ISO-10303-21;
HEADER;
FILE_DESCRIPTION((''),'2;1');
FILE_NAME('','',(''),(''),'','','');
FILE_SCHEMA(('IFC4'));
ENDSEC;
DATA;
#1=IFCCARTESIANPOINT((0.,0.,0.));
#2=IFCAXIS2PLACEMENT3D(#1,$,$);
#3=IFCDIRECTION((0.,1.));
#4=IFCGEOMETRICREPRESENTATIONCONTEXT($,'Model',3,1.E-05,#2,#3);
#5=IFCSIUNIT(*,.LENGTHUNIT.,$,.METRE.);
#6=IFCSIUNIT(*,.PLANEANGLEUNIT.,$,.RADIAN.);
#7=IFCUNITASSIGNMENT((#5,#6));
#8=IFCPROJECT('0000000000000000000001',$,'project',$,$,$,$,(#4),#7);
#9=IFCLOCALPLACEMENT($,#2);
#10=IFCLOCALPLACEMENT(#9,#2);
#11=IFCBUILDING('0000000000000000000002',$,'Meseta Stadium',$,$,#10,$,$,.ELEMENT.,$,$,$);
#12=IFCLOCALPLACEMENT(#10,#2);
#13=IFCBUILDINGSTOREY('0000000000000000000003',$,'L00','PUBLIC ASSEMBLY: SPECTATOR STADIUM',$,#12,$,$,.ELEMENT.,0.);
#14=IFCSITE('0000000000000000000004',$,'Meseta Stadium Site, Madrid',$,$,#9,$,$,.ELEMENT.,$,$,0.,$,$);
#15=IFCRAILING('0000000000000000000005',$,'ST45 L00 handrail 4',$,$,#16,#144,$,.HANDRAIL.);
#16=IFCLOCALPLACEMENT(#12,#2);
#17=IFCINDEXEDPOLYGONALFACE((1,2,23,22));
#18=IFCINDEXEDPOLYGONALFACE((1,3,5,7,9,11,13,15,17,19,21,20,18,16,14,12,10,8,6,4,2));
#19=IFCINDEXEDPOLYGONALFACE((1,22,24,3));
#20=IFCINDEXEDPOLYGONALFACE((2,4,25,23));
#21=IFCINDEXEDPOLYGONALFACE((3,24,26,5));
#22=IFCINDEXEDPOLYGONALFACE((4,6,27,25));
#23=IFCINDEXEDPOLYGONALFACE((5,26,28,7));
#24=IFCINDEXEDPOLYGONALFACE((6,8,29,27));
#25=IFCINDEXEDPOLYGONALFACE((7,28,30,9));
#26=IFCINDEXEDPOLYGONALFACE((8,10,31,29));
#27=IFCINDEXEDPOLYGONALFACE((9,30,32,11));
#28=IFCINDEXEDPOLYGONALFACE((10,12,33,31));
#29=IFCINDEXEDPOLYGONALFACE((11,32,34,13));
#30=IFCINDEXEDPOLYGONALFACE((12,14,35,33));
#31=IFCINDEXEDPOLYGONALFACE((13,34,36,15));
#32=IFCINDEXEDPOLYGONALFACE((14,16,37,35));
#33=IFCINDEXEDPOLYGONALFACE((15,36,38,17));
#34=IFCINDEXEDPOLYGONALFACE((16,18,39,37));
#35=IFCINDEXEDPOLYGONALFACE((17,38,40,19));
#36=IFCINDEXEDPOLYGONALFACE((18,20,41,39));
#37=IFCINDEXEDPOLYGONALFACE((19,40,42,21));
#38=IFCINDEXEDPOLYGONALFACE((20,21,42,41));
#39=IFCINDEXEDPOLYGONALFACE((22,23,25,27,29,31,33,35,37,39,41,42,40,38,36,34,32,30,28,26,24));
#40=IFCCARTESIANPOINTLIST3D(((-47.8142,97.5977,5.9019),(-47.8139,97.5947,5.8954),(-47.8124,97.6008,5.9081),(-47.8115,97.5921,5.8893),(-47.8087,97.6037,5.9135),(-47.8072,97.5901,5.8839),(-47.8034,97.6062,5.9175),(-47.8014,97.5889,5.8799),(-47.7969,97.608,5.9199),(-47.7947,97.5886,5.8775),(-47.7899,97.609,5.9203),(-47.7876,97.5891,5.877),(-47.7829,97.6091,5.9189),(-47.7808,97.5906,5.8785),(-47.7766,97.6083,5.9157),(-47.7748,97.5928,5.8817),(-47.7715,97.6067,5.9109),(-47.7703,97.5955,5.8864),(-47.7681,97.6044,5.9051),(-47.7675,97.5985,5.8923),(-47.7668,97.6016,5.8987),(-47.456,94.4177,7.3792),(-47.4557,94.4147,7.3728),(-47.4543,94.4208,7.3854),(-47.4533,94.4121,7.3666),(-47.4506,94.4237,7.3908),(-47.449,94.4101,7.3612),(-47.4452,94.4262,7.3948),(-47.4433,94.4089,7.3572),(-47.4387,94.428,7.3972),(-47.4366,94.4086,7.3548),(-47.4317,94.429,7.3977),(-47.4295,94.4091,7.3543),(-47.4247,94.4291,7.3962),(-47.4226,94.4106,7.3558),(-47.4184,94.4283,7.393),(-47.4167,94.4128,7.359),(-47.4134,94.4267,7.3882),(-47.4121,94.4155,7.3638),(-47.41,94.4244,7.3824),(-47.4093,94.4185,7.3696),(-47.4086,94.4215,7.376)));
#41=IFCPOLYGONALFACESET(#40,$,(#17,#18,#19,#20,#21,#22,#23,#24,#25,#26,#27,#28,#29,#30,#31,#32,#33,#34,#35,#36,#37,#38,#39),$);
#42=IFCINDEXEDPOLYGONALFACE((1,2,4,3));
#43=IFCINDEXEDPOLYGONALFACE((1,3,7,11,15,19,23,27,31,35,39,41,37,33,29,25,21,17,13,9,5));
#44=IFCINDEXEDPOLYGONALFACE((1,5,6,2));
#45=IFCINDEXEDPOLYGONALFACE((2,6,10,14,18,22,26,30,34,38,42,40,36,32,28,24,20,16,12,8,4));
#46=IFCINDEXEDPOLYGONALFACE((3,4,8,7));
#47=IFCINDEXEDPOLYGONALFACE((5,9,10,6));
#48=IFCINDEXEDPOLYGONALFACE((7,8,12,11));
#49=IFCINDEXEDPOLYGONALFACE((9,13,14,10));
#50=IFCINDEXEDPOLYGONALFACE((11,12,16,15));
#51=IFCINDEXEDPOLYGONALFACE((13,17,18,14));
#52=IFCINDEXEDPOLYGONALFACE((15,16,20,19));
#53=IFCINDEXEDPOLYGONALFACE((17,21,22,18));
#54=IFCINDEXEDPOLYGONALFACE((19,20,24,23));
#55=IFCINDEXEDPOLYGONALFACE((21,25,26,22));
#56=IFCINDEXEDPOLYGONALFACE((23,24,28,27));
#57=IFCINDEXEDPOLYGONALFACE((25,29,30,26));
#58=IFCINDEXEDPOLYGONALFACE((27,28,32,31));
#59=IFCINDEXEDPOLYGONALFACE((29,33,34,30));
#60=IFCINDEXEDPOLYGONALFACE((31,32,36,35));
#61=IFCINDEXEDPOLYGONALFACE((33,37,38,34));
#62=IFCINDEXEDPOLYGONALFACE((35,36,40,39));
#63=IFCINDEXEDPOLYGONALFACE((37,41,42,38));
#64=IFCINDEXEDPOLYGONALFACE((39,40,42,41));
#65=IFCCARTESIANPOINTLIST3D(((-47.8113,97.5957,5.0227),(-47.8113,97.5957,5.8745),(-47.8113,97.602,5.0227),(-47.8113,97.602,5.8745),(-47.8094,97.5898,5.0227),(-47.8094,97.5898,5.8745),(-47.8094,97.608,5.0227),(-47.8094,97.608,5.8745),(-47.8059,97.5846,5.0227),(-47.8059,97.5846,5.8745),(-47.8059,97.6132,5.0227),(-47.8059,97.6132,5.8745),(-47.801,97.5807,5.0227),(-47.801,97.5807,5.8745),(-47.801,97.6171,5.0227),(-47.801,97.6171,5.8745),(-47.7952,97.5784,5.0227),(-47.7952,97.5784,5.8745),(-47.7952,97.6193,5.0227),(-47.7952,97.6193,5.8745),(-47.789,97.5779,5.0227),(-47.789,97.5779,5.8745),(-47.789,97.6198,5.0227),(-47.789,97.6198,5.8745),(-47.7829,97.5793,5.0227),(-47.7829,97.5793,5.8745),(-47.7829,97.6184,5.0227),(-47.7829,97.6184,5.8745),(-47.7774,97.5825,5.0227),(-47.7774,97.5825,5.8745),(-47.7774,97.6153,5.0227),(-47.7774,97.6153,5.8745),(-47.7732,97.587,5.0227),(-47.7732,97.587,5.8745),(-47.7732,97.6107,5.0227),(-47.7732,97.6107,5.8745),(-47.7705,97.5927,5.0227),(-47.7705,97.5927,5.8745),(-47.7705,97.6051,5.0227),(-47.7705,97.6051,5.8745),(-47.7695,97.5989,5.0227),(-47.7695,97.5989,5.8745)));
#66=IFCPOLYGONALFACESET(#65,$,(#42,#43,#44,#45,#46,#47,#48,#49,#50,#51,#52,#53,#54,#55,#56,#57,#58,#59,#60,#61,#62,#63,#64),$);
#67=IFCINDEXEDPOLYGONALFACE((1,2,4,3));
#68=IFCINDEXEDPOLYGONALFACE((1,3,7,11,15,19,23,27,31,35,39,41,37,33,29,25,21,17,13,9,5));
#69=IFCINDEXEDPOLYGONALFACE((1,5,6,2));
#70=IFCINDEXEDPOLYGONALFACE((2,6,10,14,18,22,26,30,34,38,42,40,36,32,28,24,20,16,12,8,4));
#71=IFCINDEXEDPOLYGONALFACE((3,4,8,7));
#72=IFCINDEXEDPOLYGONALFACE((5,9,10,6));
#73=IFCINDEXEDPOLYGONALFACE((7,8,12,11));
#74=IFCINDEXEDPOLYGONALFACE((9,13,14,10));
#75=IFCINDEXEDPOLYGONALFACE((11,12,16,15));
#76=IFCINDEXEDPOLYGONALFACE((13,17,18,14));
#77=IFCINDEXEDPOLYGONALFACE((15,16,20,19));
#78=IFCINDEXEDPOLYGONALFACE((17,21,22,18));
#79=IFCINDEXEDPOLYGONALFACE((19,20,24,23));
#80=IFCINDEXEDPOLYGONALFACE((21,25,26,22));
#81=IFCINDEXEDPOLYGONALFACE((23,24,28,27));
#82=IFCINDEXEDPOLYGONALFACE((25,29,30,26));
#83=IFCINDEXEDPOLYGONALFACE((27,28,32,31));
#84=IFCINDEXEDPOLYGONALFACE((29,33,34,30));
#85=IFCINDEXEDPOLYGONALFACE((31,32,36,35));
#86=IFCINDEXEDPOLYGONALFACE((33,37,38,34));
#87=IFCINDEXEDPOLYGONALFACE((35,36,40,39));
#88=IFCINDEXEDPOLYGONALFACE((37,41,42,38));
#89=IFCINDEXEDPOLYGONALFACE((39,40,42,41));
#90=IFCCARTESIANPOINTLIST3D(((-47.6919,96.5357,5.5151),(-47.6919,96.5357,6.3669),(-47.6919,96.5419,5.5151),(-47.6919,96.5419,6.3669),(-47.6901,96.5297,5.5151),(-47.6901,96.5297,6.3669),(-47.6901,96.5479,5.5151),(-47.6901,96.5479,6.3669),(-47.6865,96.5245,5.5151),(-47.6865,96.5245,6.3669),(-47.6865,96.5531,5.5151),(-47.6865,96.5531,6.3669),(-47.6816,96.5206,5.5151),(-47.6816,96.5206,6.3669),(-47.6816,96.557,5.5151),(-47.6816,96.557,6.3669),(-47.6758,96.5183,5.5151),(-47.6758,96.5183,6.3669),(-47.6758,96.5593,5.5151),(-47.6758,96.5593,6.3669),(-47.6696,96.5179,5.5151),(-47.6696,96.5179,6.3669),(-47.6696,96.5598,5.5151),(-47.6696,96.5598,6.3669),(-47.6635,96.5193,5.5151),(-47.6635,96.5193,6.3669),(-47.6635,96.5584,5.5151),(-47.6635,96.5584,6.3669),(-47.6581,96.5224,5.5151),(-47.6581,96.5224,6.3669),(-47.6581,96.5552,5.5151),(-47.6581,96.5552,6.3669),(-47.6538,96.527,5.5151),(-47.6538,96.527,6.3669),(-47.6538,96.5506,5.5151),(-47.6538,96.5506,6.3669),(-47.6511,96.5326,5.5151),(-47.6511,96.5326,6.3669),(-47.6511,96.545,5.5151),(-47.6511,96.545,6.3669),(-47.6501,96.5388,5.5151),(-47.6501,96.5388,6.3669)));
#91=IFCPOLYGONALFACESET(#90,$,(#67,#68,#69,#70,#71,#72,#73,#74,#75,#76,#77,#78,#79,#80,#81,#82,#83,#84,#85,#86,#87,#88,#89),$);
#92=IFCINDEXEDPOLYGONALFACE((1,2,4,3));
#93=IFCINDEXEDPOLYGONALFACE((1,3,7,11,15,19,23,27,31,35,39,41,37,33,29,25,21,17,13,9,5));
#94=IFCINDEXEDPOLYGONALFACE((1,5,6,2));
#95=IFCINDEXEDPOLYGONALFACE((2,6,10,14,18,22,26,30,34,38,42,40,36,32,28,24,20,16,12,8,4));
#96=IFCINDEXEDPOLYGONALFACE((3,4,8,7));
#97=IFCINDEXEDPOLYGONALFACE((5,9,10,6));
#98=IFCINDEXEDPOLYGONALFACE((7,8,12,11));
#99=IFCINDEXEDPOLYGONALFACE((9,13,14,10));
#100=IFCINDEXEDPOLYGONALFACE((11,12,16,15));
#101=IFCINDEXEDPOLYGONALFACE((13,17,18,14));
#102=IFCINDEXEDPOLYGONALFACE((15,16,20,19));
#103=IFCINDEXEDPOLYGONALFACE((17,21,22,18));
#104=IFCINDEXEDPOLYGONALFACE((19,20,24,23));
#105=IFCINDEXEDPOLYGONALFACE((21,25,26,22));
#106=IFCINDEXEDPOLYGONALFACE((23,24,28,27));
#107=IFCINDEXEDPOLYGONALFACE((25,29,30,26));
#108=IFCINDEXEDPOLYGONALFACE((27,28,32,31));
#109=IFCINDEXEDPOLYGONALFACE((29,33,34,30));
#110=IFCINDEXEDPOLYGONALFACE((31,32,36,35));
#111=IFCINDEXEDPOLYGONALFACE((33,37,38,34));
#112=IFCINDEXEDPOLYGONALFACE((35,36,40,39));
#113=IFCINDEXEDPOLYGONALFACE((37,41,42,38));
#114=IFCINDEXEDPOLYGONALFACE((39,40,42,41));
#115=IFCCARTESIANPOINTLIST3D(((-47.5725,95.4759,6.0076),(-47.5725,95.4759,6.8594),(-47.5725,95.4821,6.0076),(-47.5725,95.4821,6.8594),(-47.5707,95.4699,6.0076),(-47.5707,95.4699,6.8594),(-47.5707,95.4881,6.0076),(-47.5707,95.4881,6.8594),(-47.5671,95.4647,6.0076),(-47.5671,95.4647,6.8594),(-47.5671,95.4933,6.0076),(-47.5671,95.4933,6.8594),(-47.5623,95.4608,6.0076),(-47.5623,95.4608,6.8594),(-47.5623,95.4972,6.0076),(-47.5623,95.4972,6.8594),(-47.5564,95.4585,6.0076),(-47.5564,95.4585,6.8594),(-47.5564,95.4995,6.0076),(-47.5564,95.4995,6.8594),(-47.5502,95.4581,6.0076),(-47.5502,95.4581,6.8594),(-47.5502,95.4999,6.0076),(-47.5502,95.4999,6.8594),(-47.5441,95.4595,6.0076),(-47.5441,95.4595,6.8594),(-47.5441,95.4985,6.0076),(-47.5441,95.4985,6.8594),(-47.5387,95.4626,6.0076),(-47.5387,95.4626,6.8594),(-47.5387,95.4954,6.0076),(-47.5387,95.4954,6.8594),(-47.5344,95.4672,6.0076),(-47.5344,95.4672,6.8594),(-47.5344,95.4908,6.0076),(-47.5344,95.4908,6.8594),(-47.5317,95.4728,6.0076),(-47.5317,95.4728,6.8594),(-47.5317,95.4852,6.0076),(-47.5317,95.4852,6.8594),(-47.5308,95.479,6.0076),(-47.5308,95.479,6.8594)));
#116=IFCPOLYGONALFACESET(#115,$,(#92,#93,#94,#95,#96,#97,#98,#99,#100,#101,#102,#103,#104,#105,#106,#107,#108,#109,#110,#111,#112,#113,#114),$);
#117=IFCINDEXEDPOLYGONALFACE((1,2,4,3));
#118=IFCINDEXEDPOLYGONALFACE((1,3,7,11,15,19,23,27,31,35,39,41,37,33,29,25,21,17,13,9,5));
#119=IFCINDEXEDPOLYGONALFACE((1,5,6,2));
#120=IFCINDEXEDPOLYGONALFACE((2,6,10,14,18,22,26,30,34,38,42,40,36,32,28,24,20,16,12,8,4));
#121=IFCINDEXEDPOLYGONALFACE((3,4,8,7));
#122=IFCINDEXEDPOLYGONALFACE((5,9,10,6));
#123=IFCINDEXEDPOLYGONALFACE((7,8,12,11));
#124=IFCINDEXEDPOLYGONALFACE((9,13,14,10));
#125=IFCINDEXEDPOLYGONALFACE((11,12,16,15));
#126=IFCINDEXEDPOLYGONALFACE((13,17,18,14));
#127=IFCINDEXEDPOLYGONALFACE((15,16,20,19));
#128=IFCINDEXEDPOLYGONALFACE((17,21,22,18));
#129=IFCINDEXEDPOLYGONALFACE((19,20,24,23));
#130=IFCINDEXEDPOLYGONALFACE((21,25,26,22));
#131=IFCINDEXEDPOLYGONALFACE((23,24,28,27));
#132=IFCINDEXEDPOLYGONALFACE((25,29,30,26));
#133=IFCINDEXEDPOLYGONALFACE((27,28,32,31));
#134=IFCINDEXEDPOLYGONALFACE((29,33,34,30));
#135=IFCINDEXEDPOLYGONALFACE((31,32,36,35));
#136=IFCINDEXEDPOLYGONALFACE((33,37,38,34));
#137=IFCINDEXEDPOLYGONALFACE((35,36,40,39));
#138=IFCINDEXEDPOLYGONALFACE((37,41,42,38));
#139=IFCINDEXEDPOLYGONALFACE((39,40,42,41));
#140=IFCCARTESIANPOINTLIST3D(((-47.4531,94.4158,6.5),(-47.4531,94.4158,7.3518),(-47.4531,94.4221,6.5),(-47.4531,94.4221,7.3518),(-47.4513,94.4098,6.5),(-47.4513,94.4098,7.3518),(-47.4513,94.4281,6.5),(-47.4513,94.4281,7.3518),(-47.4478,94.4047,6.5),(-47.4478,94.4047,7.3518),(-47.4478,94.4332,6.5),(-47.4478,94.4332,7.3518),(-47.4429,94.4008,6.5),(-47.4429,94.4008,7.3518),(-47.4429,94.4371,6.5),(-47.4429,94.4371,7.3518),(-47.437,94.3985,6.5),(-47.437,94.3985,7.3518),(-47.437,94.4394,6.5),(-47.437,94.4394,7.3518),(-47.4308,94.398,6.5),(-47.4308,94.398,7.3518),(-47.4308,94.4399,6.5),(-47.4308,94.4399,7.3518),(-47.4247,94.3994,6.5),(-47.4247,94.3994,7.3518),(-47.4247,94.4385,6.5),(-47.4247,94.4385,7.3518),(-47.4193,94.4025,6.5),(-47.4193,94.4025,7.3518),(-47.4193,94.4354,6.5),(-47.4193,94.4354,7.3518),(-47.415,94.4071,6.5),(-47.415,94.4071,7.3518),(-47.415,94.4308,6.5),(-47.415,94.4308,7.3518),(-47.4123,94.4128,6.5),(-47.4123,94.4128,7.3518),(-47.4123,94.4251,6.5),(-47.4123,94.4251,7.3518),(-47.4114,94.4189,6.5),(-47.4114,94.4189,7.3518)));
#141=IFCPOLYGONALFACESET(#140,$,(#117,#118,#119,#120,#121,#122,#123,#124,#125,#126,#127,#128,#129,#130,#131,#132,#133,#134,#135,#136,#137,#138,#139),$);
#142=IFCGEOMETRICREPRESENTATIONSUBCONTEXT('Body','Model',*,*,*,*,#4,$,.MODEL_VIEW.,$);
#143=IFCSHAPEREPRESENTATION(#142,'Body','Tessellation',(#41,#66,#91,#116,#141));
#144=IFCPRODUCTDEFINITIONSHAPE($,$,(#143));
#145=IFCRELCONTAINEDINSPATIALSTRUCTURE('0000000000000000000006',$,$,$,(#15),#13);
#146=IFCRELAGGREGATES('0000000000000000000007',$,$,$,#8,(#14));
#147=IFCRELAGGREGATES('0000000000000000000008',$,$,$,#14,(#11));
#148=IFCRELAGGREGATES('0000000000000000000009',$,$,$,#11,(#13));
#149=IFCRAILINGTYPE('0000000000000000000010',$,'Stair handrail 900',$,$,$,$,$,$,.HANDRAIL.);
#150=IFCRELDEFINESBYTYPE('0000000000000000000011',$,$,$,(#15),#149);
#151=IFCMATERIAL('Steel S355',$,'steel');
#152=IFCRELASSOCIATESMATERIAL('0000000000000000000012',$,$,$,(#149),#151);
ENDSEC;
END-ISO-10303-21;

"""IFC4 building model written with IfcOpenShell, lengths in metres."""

from ifc_helpers import new_model, si_unit, direction, frame, origin, origin_2d, place, context, subcontext, project, spatial, circle, extrude, material, type_object, element, save


model = new_model("IFC4")

# Units and contexts
model_context = context("Model", 3, precision=1e-05, world=origin(), true_north=direction((0.0, 1.0)))
body_context = subcontext(model_context, "Body", "Model", "MODEL_VIEW")
ifc_project = project(units=[si_unit("LENGTHUNIT", "METRE"), si_unit("PLANEANGLEUNIT", "RADIAN")], contexts=[model_context])

# Site, building, storey
site_placement = place(None, origin())
site = spatial("IfcSite", under=ifc_project, at=site_placement, Name="Meseta Stadium Site, Madrid", CompositionType="ELEMENT", RefElevation=0.0)
building_placement = place(site_placement, origin())
building = spatial("IfcBuilding", under=site, at=building_placement, Name="Meseta Stadium", CompositionType="ELEMENT")
storey_placement = place(building_placement, origin())
storey = spatial("IfcBuildingStorey", under=building, at=storey_placement, Name="L00", Description="PUBLIC ASSEMBLY: SPECTATOR STADIUM", CompositionType="ELEMENT", Elevation=0.0)

# Railing
ifc_material_1 = material(Name="Steel S355", Category="steel")
railing_type_1 = type_object("IfcRailingType", Name="Stair handrail 900", PredefinedType="HANDRAIL", material=ifc_material_1)
for number, where, name in (
    (1, (-47.7905, 97.5989, 5.0227), "ST45 L00 handrail 4"),
):
    element("IfcRailing", number, at=place(storey_placement, frame(where)), inside=storey, type_object=railing_type_1, Name=name, PredefinedType="HANDRAIL", context=body_context, shape_type="SweptSolid", body=[
        extrude(circle(Radius=0.0239, at=origin_2d()), frame((0.0, 0.0, 0.876), z_axis=(0.101616, -0.902217, 0.419141), x_axis=(0.993717, 0.111922, 0.0)), (0.0, 0.0, 1.0), 3.5247),
        extrude(circle(Radius=0.021, at=origin_2d()), origin(), (0.0, 0.0, 1.0), 0.8518),
        extrude(circle(Radius=0.021, at=origin_2d()), frame((0.1194, -1.0601, 0.4924)), (0.0, 0.0, 1.0), 0.8518),
        extrude(circle(Radius=0.021, at=origin_2d()), frame((0.2388, -2.1199, 0.9849)), (0.0, 0.0, 1.0), 0.8518),
        extrude(circle(Radius=0.021, at=origin_2d()), frame((0.3582, -3.1799, 1.4773)), (0.0, 0.0, 1.0), 0.8518),
    ])

save(model, "model.ifc")
